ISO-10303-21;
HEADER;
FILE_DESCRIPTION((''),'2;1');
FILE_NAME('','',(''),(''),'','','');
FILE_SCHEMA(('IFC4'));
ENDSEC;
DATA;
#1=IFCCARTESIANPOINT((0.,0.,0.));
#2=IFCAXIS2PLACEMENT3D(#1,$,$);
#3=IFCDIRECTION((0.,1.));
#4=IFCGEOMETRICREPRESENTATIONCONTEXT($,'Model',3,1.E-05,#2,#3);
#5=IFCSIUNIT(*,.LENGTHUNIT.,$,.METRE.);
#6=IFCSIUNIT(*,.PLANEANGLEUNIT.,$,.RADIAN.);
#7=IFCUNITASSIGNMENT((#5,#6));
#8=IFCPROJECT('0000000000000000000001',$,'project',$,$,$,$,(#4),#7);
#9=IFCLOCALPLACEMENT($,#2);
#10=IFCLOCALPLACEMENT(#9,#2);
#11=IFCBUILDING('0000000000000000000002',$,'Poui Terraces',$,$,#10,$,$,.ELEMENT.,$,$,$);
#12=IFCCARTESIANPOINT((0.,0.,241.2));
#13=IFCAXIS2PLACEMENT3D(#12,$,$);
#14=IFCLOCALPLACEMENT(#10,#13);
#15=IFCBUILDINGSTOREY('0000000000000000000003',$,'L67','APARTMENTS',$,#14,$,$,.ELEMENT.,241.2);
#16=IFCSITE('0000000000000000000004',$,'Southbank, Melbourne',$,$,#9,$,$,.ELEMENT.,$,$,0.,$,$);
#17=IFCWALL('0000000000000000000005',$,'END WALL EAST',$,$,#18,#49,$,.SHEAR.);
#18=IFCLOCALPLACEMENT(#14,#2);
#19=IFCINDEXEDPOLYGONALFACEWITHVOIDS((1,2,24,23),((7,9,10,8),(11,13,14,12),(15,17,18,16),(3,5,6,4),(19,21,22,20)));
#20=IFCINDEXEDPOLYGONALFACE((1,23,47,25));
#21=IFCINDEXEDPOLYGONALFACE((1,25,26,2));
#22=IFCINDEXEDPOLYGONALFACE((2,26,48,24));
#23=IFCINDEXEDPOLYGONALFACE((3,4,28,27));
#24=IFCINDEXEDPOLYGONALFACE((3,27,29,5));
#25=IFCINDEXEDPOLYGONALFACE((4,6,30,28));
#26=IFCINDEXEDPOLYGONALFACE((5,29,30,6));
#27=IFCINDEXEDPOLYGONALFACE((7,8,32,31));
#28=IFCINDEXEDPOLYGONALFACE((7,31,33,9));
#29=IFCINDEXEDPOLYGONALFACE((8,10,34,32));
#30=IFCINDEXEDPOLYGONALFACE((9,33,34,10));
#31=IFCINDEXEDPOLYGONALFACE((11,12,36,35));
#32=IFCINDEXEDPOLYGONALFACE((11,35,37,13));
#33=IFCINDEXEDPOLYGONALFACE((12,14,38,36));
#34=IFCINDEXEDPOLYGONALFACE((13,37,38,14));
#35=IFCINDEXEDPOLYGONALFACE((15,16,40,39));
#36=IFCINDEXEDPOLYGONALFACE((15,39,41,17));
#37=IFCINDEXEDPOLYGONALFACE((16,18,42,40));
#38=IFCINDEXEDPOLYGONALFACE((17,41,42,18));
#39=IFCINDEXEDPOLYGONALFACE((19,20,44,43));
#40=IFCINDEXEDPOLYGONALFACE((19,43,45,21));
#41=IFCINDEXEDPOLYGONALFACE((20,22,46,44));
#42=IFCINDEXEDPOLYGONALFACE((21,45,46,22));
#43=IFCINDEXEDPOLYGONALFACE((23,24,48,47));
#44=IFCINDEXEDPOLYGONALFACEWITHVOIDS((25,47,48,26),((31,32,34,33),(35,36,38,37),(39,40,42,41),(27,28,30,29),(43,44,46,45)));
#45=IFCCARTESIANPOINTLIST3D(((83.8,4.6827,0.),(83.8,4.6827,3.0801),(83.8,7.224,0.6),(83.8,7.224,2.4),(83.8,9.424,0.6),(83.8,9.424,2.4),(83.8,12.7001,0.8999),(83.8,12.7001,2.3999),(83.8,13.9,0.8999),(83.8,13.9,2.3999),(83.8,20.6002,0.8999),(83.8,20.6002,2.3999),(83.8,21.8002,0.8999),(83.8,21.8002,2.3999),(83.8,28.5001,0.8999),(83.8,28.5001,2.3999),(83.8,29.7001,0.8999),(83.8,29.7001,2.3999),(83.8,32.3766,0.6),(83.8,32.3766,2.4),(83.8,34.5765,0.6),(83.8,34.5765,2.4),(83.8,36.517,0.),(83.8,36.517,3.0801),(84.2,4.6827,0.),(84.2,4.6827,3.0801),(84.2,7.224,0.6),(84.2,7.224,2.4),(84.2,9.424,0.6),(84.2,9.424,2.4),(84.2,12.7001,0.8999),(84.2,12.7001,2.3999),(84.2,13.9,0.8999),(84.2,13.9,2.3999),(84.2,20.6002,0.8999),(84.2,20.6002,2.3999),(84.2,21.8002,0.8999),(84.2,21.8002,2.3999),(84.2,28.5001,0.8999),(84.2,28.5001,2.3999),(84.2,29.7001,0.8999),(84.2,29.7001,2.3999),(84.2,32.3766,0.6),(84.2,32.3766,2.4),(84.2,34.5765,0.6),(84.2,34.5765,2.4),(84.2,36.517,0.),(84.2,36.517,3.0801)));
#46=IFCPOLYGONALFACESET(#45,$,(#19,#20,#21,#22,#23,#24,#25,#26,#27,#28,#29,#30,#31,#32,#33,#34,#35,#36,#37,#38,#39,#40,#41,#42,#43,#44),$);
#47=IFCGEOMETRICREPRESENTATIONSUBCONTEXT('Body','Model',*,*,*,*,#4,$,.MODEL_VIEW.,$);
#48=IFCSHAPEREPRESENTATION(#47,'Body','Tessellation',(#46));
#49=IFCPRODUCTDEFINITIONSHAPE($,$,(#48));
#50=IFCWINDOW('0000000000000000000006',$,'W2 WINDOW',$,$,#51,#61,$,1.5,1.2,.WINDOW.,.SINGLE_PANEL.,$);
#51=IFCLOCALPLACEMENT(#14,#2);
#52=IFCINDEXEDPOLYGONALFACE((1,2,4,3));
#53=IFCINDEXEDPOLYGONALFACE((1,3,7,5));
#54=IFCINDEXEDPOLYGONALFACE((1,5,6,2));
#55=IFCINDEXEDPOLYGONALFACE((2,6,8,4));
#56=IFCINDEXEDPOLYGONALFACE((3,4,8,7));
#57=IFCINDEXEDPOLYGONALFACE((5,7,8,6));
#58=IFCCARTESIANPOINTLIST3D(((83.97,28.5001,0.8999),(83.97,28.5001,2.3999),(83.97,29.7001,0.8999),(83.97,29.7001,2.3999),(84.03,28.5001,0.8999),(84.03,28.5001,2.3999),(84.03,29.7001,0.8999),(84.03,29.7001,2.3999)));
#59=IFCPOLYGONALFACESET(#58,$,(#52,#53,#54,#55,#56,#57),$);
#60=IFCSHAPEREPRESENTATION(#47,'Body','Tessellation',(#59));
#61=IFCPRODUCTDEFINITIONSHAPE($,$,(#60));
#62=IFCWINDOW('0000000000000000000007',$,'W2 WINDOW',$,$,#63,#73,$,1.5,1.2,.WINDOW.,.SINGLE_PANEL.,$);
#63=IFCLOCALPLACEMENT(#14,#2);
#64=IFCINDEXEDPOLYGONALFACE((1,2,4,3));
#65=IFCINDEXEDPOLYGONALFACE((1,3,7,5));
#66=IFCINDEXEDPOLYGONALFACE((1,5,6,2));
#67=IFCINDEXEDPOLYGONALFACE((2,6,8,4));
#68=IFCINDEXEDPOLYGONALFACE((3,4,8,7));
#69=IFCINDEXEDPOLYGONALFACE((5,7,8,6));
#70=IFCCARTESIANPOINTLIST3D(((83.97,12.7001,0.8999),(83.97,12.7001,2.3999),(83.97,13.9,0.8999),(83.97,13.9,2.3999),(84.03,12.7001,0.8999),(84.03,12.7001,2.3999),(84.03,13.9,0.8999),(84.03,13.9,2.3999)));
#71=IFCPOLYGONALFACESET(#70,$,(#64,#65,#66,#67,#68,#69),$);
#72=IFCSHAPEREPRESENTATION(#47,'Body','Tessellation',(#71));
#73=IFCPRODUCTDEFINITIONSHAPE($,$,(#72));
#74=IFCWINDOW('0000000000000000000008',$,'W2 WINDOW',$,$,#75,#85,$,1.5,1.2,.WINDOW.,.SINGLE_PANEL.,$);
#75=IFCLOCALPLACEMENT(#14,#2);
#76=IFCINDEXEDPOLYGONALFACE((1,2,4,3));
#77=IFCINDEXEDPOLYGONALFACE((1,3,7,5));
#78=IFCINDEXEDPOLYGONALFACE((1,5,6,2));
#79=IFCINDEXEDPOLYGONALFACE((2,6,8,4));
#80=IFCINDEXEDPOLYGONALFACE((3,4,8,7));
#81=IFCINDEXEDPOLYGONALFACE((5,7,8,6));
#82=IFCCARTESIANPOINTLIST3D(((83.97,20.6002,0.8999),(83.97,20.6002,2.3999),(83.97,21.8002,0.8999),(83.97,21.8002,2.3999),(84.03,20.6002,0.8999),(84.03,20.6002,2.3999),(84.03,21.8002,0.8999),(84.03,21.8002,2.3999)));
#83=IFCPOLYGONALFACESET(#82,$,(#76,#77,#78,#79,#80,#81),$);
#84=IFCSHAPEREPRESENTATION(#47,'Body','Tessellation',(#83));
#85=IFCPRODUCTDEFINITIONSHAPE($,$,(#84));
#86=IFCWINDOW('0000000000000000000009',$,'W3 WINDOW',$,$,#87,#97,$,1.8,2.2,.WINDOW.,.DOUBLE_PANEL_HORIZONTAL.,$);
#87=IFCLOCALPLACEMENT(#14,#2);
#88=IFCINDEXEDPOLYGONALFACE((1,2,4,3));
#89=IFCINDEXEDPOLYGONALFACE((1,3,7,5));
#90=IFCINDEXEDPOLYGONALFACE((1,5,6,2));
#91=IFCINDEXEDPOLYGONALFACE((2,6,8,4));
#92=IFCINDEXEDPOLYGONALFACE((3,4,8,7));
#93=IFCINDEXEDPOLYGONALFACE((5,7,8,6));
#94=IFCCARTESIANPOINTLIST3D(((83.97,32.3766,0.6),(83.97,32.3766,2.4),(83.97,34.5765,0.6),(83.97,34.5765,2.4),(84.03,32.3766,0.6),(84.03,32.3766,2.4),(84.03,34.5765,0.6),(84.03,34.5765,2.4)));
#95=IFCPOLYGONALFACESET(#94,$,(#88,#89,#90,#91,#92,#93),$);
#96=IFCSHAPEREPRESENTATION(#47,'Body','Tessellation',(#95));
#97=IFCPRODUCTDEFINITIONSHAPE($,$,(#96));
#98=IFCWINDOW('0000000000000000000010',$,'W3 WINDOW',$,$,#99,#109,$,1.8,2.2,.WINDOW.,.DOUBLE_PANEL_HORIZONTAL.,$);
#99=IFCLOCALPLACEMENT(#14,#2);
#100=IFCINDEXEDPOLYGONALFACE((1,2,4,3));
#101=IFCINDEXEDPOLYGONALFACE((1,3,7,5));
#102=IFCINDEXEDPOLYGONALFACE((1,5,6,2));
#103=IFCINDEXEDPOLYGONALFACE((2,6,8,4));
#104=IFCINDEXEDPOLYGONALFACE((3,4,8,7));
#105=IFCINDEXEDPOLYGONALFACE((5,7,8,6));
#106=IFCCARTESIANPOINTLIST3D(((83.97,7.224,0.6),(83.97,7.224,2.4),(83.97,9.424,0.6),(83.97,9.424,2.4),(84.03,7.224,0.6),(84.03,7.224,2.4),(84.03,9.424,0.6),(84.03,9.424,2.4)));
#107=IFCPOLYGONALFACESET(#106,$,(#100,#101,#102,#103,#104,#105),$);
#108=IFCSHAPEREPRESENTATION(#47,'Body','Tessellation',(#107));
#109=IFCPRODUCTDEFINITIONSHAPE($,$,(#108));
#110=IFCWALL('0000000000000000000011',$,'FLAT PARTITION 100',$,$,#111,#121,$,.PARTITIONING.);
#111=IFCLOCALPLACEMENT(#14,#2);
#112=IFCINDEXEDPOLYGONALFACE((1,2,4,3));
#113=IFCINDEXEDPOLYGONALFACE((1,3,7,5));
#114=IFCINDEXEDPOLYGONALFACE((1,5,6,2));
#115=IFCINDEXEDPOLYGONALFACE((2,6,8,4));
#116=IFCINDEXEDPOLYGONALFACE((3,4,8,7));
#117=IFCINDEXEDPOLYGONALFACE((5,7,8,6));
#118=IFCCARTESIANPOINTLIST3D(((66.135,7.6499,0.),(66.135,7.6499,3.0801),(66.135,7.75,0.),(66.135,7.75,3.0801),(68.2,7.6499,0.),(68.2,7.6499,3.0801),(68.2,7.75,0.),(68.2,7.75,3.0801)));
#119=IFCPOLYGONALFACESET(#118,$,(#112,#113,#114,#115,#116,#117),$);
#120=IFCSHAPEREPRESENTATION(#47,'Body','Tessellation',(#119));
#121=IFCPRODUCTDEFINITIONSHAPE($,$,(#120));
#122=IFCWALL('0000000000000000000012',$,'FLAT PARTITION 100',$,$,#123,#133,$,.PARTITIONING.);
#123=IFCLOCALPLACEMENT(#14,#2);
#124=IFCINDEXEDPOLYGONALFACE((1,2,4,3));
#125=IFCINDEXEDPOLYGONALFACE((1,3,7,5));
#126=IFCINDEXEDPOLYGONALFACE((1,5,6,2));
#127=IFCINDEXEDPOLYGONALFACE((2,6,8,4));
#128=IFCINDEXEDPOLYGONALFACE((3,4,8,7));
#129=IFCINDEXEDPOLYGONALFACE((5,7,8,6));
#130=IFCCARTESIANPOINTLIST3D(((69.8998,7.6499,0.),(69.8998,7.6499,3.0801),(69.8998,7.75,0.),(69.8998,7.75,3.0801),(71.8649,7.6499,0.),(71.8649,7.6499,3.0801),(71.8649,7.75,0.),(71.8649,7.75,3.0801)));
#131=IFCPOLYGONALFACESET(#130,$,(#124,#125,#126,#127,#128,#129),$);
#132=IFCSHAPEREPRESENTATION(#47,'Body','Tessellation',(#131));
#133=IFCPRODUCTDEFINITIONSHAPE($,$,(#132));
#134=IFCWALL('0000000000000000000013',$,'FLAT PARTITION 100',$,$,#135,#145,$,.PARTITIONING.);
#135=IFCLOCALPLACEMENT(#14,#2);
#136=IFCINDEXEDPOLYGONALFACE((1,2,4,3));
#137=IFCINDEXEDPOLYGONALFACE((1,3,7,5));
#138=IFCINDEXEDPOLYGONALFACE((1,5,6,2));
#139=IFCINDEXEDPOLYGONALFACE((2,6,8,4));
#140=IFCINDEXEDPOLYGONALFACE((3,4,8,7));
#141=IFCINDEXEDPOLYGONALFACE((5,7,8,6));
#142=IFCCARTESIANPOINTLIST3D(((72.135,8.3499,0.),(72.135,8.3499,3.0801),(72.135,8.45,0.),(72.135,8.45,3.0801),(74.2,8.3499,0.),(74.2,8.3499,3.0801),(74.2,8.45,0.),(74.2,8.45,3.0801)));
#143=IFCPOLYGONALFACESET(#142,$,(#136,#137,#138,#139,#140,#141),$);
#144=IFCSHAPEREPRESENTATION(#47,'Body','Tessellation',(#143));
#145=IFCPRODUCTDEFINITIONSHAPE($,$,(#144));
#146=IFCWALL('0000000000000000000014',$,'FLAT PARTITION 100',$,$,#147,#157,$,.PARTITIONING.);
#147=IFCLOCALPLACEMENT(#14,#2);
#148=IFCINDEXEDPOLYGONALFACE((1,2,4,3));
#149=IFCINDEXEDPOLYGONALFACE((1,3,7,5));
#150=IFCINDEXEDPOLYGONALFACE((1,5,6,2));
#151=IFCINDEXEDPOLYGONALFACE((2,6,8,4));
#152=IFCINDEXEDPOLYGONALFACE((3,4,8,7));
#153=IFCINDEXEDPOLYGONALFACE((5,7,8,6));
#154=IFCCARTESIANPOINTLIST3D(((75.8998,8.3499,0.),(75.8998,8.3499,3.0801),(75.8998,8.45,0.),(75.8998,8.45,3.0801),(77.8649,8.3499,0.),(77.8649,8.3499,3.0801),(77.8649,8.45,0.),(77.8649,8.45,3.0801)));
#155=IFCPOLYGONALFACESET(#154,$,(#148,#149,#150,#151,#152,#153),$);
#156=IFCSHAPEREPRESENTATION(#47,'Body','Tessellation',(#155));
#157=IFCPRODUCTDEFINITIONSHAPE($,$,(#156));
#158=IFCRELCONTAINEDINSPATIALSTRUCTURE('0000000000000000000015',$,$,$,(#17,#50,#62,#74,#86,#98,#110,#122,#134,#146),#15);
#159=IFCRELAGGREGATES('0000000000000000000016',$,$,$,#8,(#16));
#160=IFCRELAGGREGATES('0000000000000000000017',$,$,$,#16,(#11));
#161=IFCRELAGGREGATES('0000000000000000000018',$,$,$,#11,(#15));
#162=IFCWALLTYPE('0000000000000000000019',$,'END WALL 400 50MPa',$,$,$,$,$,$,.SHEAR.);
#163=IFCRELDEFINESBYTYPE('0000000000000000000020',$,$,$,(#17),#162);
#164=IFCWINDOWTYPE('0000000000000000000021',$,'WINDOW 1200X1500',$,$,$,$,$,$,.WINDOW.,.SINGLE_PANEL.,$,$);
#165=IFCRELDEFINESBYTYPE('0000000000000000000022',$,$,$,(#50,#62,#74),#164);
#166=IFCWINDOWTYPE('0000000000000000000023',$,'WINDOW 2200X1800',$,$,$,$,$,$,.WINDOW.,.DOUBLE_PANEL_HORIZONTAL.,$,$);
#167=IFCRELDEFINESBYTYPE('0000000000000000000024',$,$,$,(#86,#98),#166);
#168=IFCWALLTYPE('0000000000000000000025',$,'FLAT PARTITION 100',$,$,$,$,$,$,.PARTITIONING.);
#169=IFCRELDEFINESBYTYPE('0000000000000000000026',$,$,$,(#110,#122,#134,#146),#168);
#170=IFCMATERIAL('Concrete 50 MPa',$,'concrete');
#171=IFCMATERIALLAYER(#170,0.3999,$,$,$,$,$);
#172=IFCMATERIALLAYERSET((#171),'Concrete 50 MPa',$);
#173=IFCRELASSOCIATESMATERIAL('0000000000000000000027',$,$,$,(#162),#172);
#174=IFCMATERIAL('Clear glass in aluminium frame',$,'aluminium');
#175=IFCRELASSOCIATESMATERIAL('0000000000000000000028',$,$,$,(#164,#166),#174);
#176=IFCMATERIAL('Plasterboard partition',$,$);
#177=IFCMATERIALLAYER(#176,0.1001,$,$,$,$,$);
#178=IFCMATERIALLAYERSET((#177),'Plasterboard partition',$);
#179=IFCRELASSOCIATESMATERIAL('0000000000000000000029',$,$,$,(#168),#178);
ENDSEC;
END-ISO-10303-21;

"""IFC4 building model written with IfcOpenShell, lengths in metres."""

from ifc_helpers import new_model, si_unit, direction, frame, frame_2d, origin, place, context, subcontext, project, spatial, rectangle, extrude, material, layer, layer_set, type_object, element, fill, save


model = new_model("IFC4")

# Units and contexts
model_context = context("Model", 3, precision=1e-05, world=origin(), true_north=direction((0.0, 1.0)))
body_context = subcontext(model_context, "Body", "Model", "MODEL_VIEW")
ifc_project = project(units=[si_unit("LENGTHUNIT", "METRE"), si_unit("PLANEANGLEUNIT", "RADIAN")], contexts=[model_context])

# Site, building, storey
site_placement = place(None, origin())
site = spatial("IfcSite", under=ifc_project, at=site_placement, Name="Southbank, Melbourne", CompositionType="ELEMENT", RefElevation=0.0)
building_placement = place(site_placement, origin())
building = spatial("IfcBuilding", under=site, at=building_placement, Name="Poui Terraces", CompositionType="ELEMENT")
storey_placement = place(building_placement, frame((0.0, 0.0, 241.2)))
storey = spatial("IfcBuildingStorey", under=building, at=storey_placement, Name="L67", Description="APARTMENTS", CompositionType="ELEMENT", Elevation=241.2)

# Shared definitions
ifc_material_1 = material(Name="Concrete 50 MPa", Category="concrete")

# Wall, openings, windows
ifc_layer_1 = layer(ifc_material_1, 0.3999)
ifc_layer_set_1 = layer_set([ifc_layer_1], Name="Concrete 50 MPa")
wall_type_1 = type_object("IfcWallType", Name="END WALL 400 50MPa", PredefinedType="SHEAR", material=ifc_layer_set_1)
wall_1_placement = place(storey_placement, frame((84.0, 4.6829, 0.0), z_axis=(0.0, 0.0, 1.0), x_axis=(0.0, 1.0, 0.0)))
wall_1 = element("IfcWall", 1, at=wall_1_placement, inside=storey, type_object=wall_type_1, Name="END WALL EAST", PredefinedType="SHEAR", context=body_context, shape_type="SweptSolid", body=[
    extrude(rectangle(XDim=31.8342, YDim=0.3999, at=frame_2d((15.917, 0.0))), origin(), (0.0, 0.0, 1.0), 3.0801),
])
opening_1_placement = place(wall_1_placement, frame((23.8171, 0.0, 0.8999)))
opening_1 = element("IfcOpeningElement", 2, at=opening_1_placement, cuts=wall_1, PredefinedType="OPENING", context=body_context, shape_type="SweptSolid", body=[
    extrude(rectangle(XDim=1.2, YDim=1.5, at=frame_2d((0.6001, 0.75))), frame((0.0, 0.21, 0.0), z_axis=(0.0, -1.0, 0.0), x_axis=(1.0, 0.0, 0.0)), (0.0, 0.0, 1.0), 0.4199),
])
opening_2_placement = place(wall_1_placement, frame((8.0171, 0.0, 0.8999)))
opening_2 = element("IfcOpeningElement", 3, at=opening_2_placement, cuts=wall_1, PredefinedType="OPENING", context=body_context, shape_type="SweptSolid", body=[
    extrude(rectangle(XDim=1.2, YDim=1.5, at=frame_2d((0.6001, 0.75))), frame((0.0, 0.21, 0.0), z_axis=(0.0, -1.0, 0.0), x_axis=(1.0, 0.0, 0.0)), (0.0, 0.0, 1.0), 0.4199),
])
opening_3_placement = place(wall_1_placement, frame((27.6936, 0.0, 0.6001)))
opening_3 = element("IfcOpeningElement", 4, at=opening_3_placement, cuts=wall_1, PredefinedType="OPENING", context=body_context, shape_type="SweptSolid", body=[
    extrude(rectangle(XDim=2.2, YDim=1.8, at=frame_2d((1.1001, 0.8999))), frame((0.0, 0.21, 0.0), z_axis=(0.0, -1.0, 0.0), x_axis=(1.0, 0.0, 0.0)), (0.0, 0.0, 1.0), 0.4199),
])
opening_4_placement = place(wall_1_placement, frame((2.541, 0.0, 0.6001)))
opening_4 = element("IfcOpeningElement", 5, at=opening_4_placement, cuts=wall_1, PredefinedType="OPENING", context=body_context, shape_type="SweptSolid", body=[
    extrude(rectangle(XDim=2.2, YDim=1.8, at=frame_2d((1.1001, 0.8999))), frame((0.0, 0.21, 0.0), z_axis=(0.0, -1.0, 0.0), x_axis=(1.0, 0.0, 0.0)), (0.0, 0.0, 1.0), 0.4199),
])
opening_5_placement = place(wall_1_placement, frame((15.9172, 0.0, 0.8999)))
opening_5 = element("IfcOpeningElement", 6, at=opening_5_placement, cuts=wall_1, PredefinedType="OPENING", context=body_context, shape_type="SweptSolid", body=[
    extrude(rectangle(XDim=1.2, YDim=1.5, at=frame_2d((0.6001, 0.75))), frame((0.0, 0.21, 0.0), z_axis=(0.0, -1.0, 0.0), x_axis=(1.0, 0.0, 0.0)), (0.0, 0.0, 1.0), 0.4199),
])
ifc_material_2 = material(Name="Clear glass in aluminium frame", Category="aluminium")
window_type_1 = type_object("IfcWindowType", Name="WINDOW 1200X1500", PartitioningType="SINGLE_PANEL", PredefinedType="WINDOW", material=ifc_material_2)
window_1_placement = place(opening_1_placement, origin())
window_1 = element("IfcWindow", 7, at=window_1_placement, inside=storey, type_object=window_type_1, Name="W2 WINDOW", OverallHeight=1.5, OverallWidth=1.2, PartitioningType="SINGLE_PANEL", PredefinedType="WINDOW", context=body_context, shape_type="SweptSolid", body=[
    extrude(rectangle(XDim=1.2, YDim=1.5, at=frame_2d((0.6001, 0.75))), frame((0.0, 0.03, 0.0), z_axis=(0.0, -1.0, 0.0), x_axis=(1.0, 0.0, 0.0)), (0.0, 0.0, 1.0), 0.0601),
])
fill(opening_1, window_1)
window_2_placement = place(opening_2_placement, origin())
window_2 = element("IfcWindow", 8, at=window_2_placement, inside=storey, type_object=window_type_1, Name="W2 WINDOW", OverallHeight=1.5, OverallWidth=1.2, PartitioningType="SINGLE_PANEL", PredefinedType="WINDOW", context=body_context, shape_type="SweptSolid", body=[
    extrude(rectangle(XDim=1.2, YDim=1.5, at=frame_2d((0.6001, 0.75))), frame((0.0, 0.03, 0.0), z_axis=(0.0, -1.0, 0.0), x_axis=(1.0, 0.0, 0.0)), (0.0, 0.0, 1.0), 0.0601),
])
fill(opening_2, window_2)
window_3_placement = place(opening_5_placement, origin())
window_3 = element("IfcWindow", 9, at=window_3_placement, inside=storey, type_object=window_type_1, Name="W2 WINDOW", OverallHeight=1.5, OverallWidth=1.2, PartitioningType="SINGLE_PANEL", PredefinedType="WINDOW", context=body_context, shape_type="SweptSolid", body=[
    extrude(rectangle(XDim=1.2, YDim=1.5, at=frame_2d((0.6001, 0.75))), frame((0.0, 0.03, 0.0), z_axis=(0.0, -1.0, 0.0), x_axis=(1.0, 0.0, 0.0)), (0.0, 0.0, 1.0), 0.0601),
])
fill(opening_5, window_3)
window_type_2 = type_object("IfcWindowType", Name="WINDOW 2200X1800", PartitioningType="DOUBLE_PANEL_HORIZONTAL", PredefinedType="WINDOW", material=ifc_material_2)
window_4_placement = place(opening_3_placement, origin())
window_4 = element("IfcWindow", 10, at=window_4_placement, inside=storey, type_object=window_type_2, Name="W3 WINDOW", OverallHeight=1.8, OverallWidth=2.2, PartitioningType="DOUBLE_PANEL_HORIZONTAL", PredefinedType="WINDOW", context=body_context, shape_type="SweptSolid", body=[
    extrude(rectangle(XDim=2.2, YDim=1.8, at=frame_2d((1.1001, 0.8999))), frame((0.0, 0.03, 0.0), z_axis=(0.0, -1.0, 0.0), x_axis=(1.0, 0.0, 0.0)), (0.0, 0.0, 1.0), 0.0601),
])
fill(opening_3, window_4)
window_5_placement = place(opening_4_placement, origin())
window_5 = element("IfcWindow", 11, at=window_5_placement, inside=storey, type_object=window_type_2, Name="W3 WINDOW", OverallHeight=1.8, OverallWidth=2.2, PartitioningType="DOUBLE_PANEL_HORIZONTAL", PredefinedType="WINDOW", context=body_context, shape_type="SweptSolid", body=[
    extrude(rectangle(XDim=2.2, YDim=1.8, at=frame_2d((1.1001, 0.8999))), frame((0.0, 0.03, 0.0), z_axis=(0.0, -1.0, 0.0), x_axis=(1.0, 0.0, 0.0)), (0.0, 0.0, 1.0), 0.0601),
])
fill(opening_4, window_5)

# Walls
ifc_material_3 = material(Name="Plasterboard partition")
ifc_layer_2 = layer(ifc_material_3, 0.1001)
ifc_layer_set_2 = layer_set([ifc_layer_2], Name="Plasterboard partition")
wall_type_2 = type_object("IfcWallType", Name="FLAT PARTITION 100", PredefinedType="PARTITIONING", material=ifc_layer_set_2)
wall_2_placement = place(storey_placement, frame((66.135, 7.7, 0.0), z_axis=(0.0, 0.0, 1.0), x_axis=(1.0, 0.0, 0.0)))
element("IfcWall", 12, at=wall_2_placement, inside=storey, type_object=wall_type_2, Name="FLAT PARTITION 100", PredefinedType="PARTITIONING", context=body_context, shape_type="SweptSolid", body=[
    extrude(rectangle(XDim=2.0649, YDim=0.1001, at=frame_2d((1.0325, 0.0))), origin(), (0.0, 0.0, 1.0), 3.0801),
])
wall_3_placement = place(storey_placement, frame((69.8999, 7.7, 0.0), z_axis=(0.0, 0.0, 1.0), x_axis=(1.0, 0.0, 0.0)))
element("IfcWall", 13, at=wall_3_placement, inside=storey, type_object=wall_type_2, Name="FLAT PARTITION 100", PredefinedType="PARTITIONING", context=body_context, shape_type="SweptSolid", body=[
    extrude(rectangle(XDim=1.9651, YDim=0.1001, at=frame_2d((0.9824, 0.0))), origin(), (0.0, 0.0, 1.0), 3.0801),
])
wall_4_placement = place(storey_placement, frame((72.135, 8.3999, 0.0), z_axis=(0.0, 0.0, 1.0), x_axis=(1.0, 0.0, 0.0)))
element("IfcWall", 14, at=wall_4_placement, inside=storey, type_object=wall_type_2, Name="FLAT PARTITION 100", PredefinedType="PARTITIONING", context=body_context, shape_type="SweptSolid", body=[
    extrude(rectangle(XDim=2.0649, YDim=0.1001, at=frame_2d((1.0325, 0.0))), origin(), (0.0, 0.0, 1.0), 3.0801),
])
wall_5_placement = place(storey_placement, frame((75.8999, 8.3999, 0.0), z_axis=(0.0, 0.0, 1.0), x_axis=(1.0, 0.0, 0.0)))
element("IfcWall", 15, at=wall_5_placement, inside=storey, type_object=wall_type_2, Name="FLAT PARTITION 100", PredefinedType="PARTITIONING", context=body_context, shape_type="SweptSolid", body=[
    extrude(rectangle(XDim=1.9651, YDim=0.1001, at=frame_2d((0.9824, 0.0))), origin(), (0.0, 0.0, 1.0), 3.0801),
])

save(model, "model.ifc")
